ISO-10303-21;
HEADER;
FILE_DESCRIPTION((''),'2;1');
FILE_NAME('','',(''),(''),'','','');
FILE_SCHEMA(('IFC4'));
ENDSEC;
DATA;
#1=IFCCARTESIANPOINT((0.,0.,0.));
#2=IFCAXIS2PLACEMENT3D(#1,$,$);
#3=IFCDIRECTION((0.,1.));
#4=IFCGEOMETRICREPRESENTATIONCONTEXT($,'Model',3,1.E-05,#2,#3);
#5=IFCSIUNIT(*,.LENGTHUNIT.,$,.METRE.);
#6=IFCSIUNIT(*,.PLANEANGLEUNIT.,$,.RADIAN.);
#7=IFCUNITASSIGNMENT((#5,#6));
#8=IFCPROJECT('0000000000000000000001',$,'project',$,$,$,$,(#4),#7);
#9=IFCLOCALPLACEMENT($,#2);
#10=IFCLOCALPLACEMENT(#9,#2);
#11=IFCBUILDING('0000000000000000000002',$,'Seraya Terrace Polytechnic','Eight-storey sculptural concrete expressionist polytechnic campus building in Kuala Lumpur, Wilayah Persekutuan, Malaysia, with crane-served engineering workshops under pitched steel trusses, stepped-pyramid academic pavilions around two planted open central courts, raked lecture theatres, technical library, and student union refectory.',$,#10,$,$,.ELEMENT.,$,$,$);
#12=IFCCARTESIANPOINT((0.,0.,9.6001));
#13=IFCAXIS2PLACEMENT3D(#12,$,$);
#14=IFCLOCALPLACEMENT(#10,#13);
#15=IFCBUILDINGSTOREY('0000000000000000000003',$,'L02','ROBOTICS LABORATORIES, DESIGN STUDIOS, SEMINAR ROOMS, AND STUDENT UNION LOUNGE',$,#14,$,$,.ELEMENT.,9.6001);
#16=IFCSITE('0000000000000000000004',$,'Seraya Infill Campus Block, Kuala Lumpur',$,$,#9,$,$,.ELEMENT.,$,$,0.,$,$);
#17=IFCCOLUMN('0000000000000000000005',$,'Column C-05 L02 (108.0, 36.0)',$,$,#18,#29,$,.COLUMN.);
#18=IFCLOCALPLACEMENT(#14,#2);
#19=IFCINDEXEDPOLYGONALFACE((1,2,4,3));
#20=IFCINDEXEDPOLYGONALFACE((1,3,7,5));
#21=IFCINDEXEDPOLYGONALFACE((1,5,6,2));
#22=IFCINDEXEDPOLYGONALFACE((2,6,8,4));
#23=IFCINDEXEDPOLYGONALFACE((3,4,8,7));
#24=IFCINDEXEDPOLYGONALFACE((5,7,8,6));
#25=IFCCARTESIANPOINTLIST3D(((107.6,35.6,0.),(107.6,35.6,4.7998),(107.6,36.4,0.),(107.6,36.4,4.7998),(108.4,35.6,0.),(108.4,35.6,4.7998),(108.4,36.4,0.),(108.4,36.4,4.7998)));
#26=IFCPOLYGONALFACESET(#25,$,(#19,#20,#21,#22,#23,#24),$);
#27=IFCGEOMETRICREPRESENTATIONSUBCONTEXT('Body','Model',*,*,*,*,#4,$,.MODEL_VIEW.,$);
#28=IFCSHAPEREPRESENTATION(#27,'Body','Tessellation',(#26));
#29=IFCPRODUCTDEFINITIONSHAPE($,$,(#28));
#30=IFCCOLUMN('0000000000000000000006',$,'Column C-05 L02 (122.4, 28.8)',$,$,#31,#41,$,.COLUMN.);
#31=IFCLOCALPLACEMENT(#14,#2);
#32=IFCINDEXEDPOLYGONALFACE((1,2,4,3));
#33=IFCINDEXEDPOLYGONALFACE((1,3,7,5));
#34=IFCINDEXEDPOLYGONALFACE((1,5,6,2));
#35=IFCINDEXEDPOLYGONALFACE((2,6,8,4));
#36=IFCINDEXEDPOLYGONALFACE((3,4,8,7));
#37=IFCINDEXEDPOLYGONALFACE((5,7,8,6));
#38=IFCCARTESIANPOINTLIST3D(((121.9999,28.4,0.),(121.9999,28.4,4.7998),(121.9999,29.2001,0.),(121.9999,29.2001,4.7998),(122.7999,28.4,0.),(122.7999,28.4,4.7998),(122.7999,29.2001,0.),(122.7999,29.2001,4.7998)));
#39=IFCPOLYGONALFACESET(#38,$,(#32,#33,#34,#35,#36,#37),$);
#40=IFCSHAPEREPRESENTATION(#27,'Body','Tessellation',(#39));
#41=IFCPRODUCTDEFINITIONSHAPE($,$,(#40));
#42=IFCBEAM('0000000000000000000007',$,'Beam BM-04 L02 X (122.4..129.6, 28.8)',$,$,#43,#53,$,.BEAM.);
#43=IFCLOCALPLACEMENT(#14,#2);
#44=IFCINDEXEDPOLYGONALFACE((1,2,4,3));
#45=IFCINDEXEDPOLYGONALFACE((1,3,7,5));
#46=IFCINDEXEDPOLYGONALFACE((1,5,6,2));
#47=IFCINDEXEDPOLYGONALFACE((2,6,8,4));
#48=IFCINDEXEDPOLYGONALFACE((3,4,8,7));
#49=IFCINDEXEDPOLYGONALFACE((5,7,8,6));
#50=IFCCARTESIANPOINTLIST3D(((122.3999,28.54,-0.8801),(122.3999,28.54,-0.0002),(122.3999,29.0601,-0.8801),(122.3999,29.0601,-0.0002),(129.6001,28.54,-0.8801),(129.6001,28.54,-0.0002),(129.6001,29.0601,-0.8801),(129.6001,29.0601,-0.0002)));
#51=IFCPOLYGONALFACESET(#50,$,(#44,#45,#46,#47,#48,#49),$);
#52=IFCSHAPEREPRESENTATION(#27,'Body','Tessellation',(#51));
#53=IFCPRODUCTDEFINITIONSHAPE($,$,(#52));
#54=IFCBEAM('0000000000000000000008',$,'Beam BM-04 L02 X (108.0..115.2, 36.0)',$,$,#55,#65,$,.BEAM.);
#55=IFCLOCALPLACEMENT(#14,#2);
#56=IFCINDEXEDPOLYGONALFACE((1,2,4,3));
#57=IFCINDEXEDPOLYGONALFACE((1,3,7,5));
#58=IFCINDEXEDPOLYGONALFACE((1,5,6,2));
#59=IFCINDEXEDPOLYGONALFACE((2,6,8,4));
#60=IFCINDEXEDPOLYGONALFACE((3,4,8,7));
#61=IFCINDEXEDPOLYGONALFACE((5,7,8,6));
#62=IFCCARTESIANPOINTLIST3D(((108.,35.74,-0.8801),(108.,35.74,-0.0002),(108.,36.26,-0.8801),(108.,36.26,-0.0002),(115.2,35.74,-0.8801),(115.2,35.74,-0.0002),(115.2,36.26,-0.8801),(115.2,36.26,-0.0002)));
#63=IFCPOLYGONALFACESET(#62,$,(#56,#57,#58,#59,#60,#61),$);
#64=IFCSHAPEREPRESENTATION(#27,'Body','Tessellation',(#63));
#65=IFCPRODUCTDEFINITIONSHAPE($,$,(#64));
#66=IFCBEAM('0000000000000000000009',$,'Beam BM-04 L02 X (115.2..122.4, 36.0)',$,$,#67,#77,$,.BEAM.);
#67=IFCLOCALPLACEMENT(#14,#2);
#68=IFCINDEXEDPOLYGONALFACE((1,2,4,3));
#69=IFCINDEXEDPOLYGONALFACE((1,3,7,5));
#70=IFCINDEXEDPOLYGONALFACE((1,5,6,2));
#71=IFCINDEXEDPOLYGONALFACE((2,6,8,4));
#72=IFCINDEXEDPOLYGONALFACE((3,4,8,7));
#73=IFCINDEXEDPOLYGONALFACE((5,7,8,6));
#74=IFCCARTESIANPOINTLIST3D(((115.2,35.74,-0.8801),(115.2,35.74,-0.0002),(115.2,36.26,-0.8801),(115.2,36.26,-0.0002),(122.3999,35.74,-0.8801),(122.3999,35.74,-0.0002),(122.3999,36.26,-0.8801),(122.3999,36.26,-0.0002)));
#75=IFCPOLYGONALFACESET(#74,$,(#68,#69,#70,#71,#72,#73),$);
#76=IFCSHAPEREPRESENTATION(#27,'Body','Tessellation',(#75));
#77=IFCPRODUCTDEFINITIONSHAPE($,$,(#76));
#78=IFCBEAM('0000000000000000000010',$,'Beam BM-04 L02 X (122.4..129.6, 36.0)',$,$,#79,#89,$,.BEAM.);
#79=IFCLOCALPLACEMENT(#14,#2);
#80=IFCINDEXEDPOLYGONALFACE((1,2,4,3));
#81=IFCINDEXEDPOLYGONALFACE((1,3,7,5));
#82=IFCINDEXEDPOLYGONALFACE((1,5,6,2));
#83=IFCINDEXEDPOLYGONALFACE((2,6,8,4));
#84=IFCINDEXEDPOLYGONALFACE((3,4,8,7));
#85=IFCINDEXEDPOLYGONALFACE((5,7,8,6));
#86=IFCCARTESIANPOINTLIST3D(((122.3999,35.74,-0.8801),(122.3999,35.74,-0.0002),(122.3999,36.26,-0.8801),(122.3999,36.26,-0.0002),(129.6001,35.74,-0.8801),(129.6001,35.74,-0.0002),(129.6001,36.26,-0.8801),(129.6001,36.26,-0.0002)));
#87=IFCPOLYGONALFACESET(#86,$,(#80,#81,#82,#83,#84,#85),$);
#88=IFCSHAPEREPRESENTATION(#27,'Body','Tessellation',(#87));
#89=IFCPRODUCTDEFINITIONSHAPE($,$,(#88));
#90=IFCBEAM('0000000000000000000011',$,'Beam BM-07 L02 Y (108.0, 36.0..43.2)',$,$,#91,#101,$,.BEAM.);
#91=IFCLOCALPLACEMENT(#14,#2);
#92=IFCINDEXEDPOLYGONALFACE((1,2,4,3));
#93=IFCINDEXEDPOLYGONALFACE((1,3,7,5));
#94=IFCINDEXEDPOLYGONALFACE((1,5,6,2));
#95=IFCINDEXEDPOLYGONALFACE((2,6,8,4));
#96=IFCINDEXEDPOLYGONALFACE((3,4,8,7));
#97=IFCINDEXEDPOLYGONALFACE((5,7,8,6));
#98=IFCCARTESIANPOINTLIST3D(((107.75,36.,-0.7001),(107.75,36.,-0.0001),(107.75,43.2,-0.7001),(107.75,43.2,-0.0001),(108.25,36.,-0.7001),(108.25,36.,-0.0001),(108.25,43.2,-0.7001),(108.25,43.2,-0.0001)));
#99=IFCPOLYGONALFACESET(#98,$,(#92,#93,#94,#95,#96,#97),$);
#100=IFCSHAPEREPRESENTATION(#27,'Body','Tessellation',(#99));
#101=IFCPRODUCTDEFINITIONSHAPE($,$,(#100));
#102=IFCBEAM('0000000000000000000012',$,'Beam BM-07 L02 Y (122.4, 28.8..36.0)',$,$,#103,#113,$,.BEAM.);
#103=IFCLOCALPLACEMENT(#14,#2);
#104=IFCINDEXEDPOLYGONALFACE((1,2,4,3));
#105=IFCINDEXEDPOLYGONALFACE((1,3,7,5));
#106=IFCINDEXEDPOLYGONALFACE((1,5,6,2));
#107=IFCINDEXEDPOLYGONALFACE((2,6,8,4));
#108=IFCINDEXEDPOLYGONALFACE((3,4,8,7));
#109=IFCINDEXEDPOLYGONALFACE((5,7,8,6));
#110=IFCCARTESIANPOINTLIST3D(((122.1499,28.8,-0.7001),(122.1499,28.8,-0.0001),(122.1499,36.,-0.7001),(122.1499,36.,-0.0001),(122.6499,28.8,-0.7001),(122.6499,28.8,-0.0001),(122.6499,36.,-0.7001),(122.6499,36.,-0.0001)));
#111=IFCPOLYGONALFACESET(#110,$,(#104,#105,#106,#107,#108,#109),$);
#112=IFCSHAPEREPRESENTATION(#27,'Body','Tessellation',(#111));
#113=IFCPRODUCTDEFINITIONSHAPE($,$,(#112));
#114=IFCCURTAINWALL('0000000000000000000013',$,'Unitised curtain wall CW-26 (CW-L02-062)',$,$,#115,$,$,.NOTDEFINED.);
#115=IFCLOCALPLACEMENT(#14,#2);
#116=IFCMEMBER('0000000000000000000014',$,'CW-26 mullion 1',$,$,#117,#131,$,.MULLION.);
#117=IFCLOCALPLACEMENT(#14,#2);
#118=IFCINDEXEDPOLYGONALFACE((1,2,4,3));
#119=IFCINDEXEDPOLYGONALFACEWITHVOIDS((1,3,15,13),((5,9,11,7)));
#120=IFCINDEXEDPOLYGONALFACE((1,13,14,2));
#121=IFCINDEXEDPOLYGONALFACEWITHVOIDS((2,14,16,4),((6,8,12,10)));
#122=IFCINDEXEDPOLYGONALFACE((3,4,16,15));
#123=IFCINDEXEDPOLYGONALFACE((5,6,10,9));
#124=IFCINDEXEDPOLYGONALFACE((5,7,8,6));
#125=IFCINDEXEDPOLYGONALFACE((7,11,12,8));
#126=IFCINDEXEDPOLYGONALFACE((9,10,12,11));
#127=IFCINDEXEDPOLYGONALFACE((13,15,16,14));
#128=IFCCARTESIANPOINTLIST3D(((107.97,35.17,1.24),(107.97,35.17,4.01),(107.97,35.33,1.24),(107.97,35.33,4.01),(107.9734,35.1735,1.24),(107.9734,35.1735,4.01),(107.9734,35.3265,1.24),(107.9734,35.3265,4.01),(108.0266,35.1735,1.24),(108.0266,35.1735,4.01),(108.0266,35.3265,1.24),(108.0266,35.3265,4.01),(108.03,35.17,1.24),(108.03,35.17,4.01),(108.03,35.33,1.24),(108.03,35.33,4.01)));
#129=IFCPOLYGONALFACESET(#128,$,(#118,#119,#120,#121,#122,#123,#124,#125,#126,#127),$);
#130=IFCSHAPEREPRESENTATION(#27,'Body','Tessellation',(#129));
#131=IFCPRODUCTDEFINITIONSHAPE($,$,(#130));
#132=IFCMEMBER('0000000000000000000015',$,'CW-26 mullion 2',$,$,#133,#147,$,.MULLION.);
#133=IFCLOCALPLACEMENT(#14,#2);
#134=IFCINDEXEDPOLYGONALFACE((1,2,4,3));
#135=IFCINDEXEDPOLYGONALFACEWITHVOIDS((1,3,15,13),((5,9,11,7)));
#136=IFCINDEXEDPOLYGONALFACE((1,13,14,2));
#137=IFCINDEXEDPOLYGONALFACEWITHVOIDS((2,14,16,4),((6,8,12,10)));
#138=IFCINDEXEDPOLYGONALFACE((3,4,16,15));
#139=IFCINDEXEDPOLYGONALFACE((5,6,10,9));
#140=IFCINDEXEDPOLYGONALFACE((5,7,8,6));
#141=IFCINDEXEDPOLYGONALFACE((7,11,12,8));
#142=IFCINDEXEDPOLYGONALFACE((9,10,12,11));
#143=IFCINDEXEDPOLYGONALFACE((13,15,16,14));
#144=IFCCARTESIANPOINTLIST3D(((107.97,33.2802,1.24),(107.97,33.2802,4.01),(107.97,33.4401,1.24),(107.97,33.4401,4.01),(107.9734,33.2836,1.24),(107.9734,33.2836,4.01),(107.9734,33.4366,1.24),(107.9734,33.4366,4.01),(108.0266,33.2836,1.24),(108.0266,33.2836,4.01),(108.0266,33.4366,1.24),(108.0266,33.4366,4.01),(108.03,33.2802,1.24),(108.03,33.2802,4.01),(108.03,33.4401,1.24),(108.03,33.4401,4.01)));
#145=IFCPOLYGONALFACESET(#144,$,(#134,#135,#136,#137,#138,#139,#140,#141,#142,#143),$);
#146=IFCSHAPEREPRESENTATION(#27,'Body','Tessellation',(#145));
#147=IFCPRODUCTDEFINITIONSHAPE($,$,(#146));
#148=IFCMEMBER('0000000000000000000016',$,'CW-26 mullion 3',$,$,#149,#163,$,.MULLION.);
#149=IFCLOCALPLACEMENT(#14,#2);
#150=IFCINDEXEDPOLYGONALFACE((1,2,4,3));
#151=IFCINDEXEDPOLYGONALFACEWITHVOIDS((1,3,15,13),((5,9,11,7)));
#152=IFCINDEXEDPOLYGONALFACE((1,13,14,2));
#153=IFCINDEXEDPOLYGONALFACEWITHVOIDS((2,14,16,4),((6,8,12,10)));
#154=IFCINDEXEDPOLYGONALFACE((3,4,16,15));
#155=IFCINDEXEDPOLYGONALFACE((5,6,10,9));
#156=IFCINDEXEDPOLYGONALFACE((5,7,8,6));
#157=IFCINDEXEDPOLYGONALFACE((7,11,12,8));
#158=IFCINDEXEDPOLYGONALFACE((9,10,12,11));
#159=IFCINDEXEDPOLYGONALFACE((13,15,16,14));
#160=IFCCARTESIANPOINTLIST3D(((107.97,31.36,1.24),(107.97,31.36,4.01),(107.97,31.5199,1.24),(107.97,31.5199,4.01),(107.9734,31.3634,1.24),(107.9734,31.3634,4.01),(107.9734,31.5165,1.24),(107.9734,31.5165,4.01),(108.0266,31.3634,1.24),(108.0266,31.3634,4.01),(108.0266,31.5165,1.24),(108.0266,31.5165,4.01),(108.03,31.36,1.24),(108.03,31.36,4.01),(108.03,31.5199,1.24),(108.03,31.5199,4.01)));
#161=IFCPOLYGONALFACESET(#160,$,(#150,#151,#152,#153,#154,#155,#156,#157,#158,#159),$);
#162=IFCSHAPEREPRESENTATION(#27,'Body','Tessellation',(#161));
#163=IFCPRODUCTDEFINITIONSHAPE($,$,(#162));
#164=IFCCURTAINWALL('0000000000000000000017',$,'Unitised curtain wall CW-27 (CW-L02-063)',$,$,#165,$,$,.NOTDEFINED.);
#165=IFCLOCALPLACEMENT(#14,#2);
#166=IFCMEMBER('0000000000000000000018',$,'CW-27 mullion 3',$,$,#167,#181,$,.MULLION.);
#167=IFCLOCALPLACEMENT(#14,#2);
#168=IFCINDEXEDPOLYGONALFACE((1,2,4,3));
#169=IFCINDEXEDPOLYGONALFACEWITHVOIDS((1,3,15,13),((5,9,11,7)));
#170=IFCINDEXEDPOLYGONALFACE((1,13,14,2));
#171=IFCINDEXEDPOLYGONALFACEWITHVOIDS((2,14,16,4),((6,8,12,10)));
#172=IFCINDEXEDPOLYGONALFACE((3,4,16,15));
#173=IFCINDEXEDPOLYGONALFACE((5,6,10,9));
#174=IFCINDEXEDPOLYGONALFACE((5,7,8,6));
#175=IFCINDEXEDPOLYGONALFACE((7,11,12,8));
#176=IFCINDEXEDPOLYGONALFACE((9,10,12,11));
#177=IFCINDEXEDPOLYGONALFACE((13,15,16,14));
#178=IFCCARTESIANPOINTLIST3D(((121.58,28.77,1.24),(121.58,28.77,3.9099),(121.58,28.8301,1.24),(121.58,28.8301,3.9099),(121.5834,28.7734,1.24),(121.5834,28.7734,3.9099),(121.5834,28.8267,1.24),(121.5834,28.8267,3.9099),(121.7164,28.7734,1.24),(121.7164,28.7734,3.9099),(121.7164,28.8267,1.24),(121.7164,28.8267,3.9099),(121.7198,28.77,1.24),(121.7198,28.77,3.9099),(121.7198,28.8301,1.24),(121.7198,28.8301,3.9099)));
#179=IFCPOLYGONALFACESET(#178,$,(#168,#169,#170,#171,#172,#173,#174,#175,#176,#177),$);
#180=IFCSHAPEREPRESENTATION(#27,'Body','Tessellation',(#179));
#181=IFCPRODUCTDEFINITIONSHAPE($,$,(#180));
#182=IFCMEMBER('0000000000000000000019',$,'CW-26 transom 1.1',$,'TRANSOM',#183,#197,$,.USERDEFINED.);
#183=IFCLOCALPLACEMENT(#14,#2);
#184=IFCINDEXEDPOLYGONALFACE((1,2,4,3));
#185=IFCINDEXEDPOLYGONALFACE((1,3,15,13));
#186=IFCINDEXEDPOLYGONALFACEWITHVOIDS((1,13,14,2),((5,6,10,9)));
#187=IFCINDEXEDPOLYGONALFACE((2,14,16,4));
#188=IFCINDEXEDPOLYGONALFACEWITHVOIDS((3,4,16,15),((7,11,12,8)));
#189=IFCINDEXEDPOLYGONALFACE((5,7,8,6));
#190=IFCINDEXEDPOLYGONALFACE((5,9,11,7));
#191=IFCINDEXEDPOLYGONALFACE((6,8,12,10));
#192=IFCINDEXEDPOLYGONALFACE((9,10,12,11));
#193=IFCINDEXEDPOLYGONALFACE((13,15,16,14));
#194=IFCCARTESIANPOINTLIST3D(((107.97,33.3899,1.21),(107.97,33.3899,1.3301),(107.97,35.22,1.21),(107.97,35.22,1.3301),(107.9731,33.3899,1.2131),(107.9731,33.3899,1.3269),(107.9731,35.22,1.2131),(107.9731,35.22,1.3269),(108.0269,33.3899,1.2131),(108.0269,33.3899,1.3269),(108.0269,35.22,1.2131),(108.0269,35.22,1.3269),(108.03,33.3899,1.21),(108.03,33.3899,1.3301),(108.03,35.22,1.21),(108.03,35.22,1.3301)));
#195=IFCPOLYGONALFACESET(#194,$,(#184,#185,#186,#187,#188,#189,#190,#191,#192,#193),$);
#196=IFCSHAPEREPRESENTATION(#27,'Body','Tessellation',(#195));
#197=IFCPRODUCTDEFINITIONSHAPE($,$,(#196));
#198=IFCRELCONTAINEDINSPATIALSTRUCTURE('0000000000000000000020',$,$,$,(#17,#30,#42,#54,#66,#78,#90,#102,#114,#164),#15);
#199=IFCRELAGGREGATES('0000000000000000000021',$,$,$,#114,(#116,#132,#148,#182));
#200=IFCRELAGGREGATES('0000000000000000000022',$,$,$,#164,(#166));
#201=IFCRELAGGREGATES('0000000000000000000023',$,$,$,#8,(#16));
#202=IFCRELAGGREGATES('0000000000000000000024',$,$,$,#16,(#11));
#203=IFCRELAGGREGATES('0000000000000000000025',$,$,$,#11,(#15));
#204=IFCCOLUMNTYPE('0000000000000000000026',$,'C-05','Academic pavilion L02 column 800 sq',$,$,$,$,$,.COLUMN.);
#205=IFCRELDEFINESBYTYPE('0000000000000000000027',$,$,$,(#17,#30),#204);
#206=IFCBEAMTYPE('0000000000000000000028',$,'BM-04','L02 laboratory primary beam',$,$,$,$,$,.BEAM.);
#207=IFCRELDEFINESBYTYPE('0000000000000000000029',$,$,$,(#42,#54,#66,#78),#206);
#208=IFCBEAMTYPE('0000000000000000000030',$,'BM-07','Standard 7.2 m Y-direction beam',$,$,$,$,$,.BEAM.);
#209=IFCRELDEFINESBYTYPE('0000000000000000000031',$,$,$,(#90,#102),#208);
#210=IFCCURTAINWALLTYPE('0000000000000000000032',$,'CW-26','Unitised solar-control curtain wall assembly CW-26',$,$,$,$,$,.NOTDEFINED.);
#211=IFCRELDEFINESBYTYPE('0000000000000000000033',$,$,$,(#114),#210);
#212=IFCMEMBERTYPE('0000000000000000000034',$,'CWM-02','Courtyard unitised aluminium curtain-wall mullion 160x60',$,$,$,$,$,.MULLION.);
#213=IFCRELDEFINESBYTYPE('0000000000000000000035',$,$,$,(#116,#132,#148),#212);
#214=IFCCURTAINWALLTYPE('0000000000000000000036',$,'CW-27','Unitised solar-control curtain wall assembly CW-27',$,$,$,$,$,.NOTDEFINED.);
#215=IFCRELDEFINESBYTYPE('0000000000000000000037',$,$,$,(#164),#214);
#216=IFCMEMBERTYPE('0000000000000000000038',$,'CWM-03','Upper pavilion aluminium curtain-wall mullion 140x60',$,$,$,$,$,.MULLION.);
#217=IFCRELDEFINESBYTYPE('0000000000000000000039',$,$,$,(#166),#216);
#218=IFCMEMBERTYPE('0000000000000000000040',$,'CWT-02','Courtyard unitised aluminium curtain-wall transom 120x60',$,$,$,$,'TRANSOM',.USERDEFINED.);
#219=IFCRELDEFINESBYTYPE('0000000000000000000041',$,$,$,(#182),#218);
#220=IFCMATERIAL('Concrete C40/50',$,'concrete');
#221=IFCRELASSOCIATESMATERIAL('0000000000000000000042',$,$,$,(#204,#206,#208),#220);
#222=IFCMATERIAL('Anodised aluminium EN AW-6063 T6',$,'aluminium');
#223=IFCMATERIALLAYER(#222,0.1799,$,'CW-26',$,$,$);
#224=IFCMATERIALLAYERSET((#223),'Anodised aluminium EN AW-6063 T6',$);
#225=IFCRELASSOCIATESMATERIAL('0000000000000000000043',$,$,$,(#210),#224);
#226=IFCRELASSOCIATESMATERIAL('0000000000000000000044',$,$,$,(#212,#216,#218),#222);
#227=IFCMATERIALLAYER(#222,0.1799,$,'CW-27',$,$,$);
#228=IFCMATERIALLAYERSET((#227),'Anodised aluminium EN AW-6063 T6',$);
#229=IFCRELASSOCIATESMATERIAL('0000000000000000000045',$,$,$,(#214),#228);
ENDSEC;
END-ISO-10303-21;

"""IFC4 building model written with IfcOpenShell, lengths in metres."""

from ifc_helpers import new_model, si_unit, direction, frame, origin, origin_2d, place, context, subcontext, project, spatial, rectangle, hollow_rectangle, extrude, material, layer, layer_set, material_profile, profile_set, type_object, element, aggregate, save


model = new_model("IFC4")

# Units and contexts
model_context = context("Model", 3, precision=1e-05, world=origin(), true_north=direction((0.0, 1.0)))
body_context = subcontext(model_context, "Body", "Model", "MODEL_VIEW")
ifc_project = project(units=[si_unit("LENGTHUNIT", "METRE"), si_unit("PLANEANGLEUNIT", "RADIAN")], contexts=[model_context])

# Site, building, storey
site_placement = place(None, origin())
site = spatial("IfcSite", under=ifc_project, at=site_placement, Name="Seraya Infill Campus Block, Kuala Lumpur", CompositionType="ELEMENT", RefElevation=0.0)
building_placement = place(site_placement, origin())
building = spatial("IfcBuilding", under=site, at=building_placement, Name="Seraya Terrace Polytechnic", Description="Eight-storey sculptural concrete expressionist polytechnic campus building in Kuala Lumpur, Wilayah Persekutuan, Malaysia, with crane-served engineering workshops under pitched steel trusses, stepped-pyramid academic pavilions around two planted open central courts, raked lecture theatres, technical library, and student union refectory.", CompositionType="ELEMENT")
storey_placement = place(building_placement, frame((0.0, 0.0, 9.6001)))
storey = spatial("IfcBuildingStorey", under=building, at=storey_placement, Name="L02", Description="ROBOTICS LABORATORIES, DESIGN STUDIOS, SEMINAR ROOMS, AND STUDENT UNION LOUNGE", CompositionType="ELEMENT", Elevation=9.6001)

# Columns
ifc_material_1 = material(Name="Concrete C40/50", Category="concrete")
ifc_material_profile_1 = material_profile(ifc_material_1, rectangle(XDim=0.8, YDim=0.8, at=origin_2d()), Name="RC 800x800")
ifc_profile_set_1 = profile_set([ifc_material_profile_1], Name="Concrete C40/50")
column_type = type_object("IfcColumnType", Name="C-05", Description="Academic pavilion L02 column 800 sq", PredefinedType="COLUMN", material=ifc_profile_set_1)
for number, where, z_axis, x_axis, name in (
    (1, (108.0, 36.0, 0.0), (0.0, 0.0, 1.0), (1.0, 0.0, 0.0), "Column C-05 L02 (108.0, 36.0)"),
    (2, (122.3999, 28.8, 0.0), (0.0, 0.0, 1.0), (1.0, 0.0, 0.0), "Column C-05 L02 (122.4, 28.8)"),
):
    element("IfcColumn", number, at=place(storey_placement, frame(where, z_axis=z_axis, x_axis=x_axis)), inside=storey, type_object=column_type, Name=name, PredefinedType="COLUMN", context=body_context, shape_type="SweptSolid", body=[
        extrude(rectangle(XDim=0.8, YDim=0.8, at=origin_2d()), origin(), (0.0, 0.0, 1.0), 4.7998),
    ])

# Beams
ifc_material_profile_2 = material_profile(ifc_material_1, rectangle(XDim=0.52, YDim=0.8799, at=origin_2d()), Name="RC 520x880")
ifc_profile_set_2 = profile_set([ifc_material_profile_2], Name="Concrete C40/50")
beam_type_1 = type_object("IfcBeamType", Name="BM-04", Description="L02 laboratory primary beam", PredefinedType="BEAM", material=ifc_profile_set_2)
beam_1_placement = place(storey_placement, frame((122.3999, 28.8, -0.4402), z_axis=(1.0, 0.0, 0.0), x_axis=(0.0, 1.0, 0.0)))
element("IfcBeam", 3, at=beam_1_placement, inside=storey, type_object=beam_type_1, Name="Beam BM-04 L02 X (122.4..129.6, 28.8)", PredefinedType="BEAM", context=body_context, shape_type="SweptSolid", body=[
    extrude(rectangle(XDim=0.52, YDim=0.8799, at=origin_2d()), origin(), (0.0, 0.0, 1.0), 7.2002),
])
for number, where, z_axis, x_axis, name in (
    (4, (108.0, 36.0, -0.4402), (1.0, 0.0, 0.0), (0.0, 1.0, 0.0), "Beam BM-04 L02 X (108.0..115.2, 36.0)"),
    (5, (115.2, 36.0, -0.4402), (1.0, 0.0, 0.0), (0.0, 1.0, 0.0), "Beam BM-04 L02 X (115.2..122.4, 36.0)"),
):
    element("IfcBeam", number, at=place(storey_placement, frame(where, z_axis=z_axis, x_axis=x_axis)), inside=storey, type_object=beam_type_1, Name=name, PredefinedType="BEAM", context=body_context, shape_type="SweptSolid", body=[
        extrude(rectangle(XDim=0.52, YDim=0.8799, at=origin_2d()), origin(), (0.0, 0.0, 1.0), 7.2),
    ])
beam_2_placement = place(storey_placement, frame((122.3999, 36.0, -0.4402), z_axis=(1.0, 0.0, 0.0), x_axis=(0.0, 1.0, 0.0)))
element("IfcBeam", 6, at=beam_2_placement, inside=storey, type_object=beam_type_1, Name="Beam BM-04 L02 X (122.4..129.6, 36.0)", PredefinedType="BEAM", context=body_context, shape_type="SweptSolid", body=[
    extrude(rectangle(XDim=0.52, YDim=0.8799, at=origin_2d()), origin(), (0.0, 0.0, 1.0), 7.2002),
])
ifc_material_profile_3 = material_profile(ifc_material_1, rectangle(XDim=0.5, YDim=0.7, at=origin_2d()), Name="RC 500x700")
ifc_profile_set_3 = profile_set([ifc_material_profile_3], Name="Concrete C40/50")
beam_type_2 = type_object("IfcBeamType", Name="BM-07", Description="Standard 7.2 m Y-direction beam", PredefinedType="BEAM", material=ifc_profile_set_3)
for number, where, z_axis, x_axis, name in (
    (7, (108.0, 36.0, -0.3501), (0.0, 1.0, 0.0), (-1.0, 0.0, 0.0), "Beam BM-07 L02 Y (108.0, 36.0..43.2)"),
    (8, (122.3999, 28.8, -0.3501), (0.0, 1.0, 0.0), (-1.0, 0.0, 0.0), "Beam BM-07 L02 Y (122.4, 28.8..36.0)"),
):
    element("IfcBeam", number, at=place(storey_placement, frame(where, z_axis=z_axis, x_axis=x_axis)), inside=storey, type_object=beam_type_2, Name=name, PredefinedType="BEAM", context=body_context, shape_type="SweptSolid", body=[
        extrude(rectangle(XDim=0.5, YDim=0.7, at=origin_2d()), origin(), (0.0, 0.0, 1.0), 7.2),
    ])

# Curtain wall, members
ifc_material_2 = material(Name="Anodised aluminium EN AW-6063 T6", Category="aluminium")
ifc_layer_1 = layer(ifc_material_2, 0.1799, Name="CW-26")
ifc_layer_set_1 = layer_set([ifc_layer_1], Name="Anodised aluminium EN AW-6063 T6")
curtain_wall_type_1 = type_object("IfcCurtainWallType", Name="CW-26", Description="Unitised solar-control curtain wall assembly CW-26", PredefinedType="NOTDEFINED", material=ifc_layer_set_1)
curtain_wall_1_placement = place(storey_placement, origin())
curtain_wall_1 = element("IfcCurtainWall", 9, at=curtain_wall_1_placement, inside=storey, type_object=curtain_wall_type_1, Name="Unitised curtain wall CW-26 (CW-L02-062)", PredefinedType="NOTDEFINED")
ifc_material_profile_4 = material_profile(ifc_material_2, hollow_rectangle(XDim=0.0601, YDim=0.1599, WallThickness=0.0034, at=origin_2d()), Name="RHS 160x60x3.5")
ifc_profile_set_4 = profile_set([ifc_material_profile_4], Name="Anodised aluminium EN AW-6063 T6")
member_type_1 = type_object("IfcMemberType", Name="CWM-02", Description="Courtyard unitised aluminium curtain-wall mullion 160x60", PredefinedType="MULLION", material=ifc_profile_set_4)
member_1_placement = place(storey_placement, frame((108.0, 35.25, 1.24), z_axis=(0.0, 0.0, 1.0), x_axis=(1.0, 0.0, 0.0)))
member_1 = element("IfcMember", 10, at=member_1_placement, type_object=member_type_1, Name="CW-26 mullion 1", PredefinedType="MULLION", context=body_context, shape_type="SweptSolid", body=[
    extrude(hollow_rectangle(XDim=0.0601, YDim=0.1599, WallThickness=0.0034, at=origin_2d()), origin(), (0.0, 0.0, 1.0), 2.77),
])
member_2_placement = place(storey_placement, frame((108.0, 33.3601, 1.24), z_axis=(0.0, 0.0, 1.0), x_axis=(1.0, 0.0, 0.0)))
member_2 = element("IfcMember", 11, at=member_2_placement, type_object=member_type_1, Name="CW-26 mullion 2", PredefinedType="MULLION", context=body_context, shape_type="SweptSolid", body=[
    extrude(hollow_rectangle(XDim=0.0601, YDim=0.1599, WallThickness=0.0034, at=origin_2d()), origin(), (0.0, 0.0, 1.0), 2.77),
])
member_3_placement = place(storey_placement, frame((108.0, 31.4399, 1.24), z_axis=(0.0, 0.0, 1.0), x_axis=(1.0, 0.0, 0.0)))
member_3 = element("IfcMember", 12, at=member_3_placement, type_object=member_type_1, Name="CW-26 mullion 3", PredefinedType="MULLION", context=body_context, shape_type="SweptSolid", body=[
    extrude(hollow_rectangle(XDim=0.0601, YDim=0.1599, WallThickness=0.0034, at=origin_2d()), origin(), (0.0, 0.0, 1.0), 2.77),
])

# Curtain wall, member
ifc_layer_2 = layer(ifc_material_2, 0.1799, Name="CW-27")
ifc_layer_set_2 = layer_set([ifc_layer_2], Name="Anodised aluminium EN AW-6063 T6")
curtain_wall_type_2 = type_object("IfcCurtainWallType", Name="CW-27", Description="Unitised solar-control curtain wall assembly CW-27", PredefinedType="NOTDEFINED", material=ifc_layer_set_2)
curtain_wall_2_placement = place(storey_placement, origin())
curtain_wall_2 = element("IfcCurtainWall", 13, at=curtain_wall_2_placement, inside=storey, type_object=curtain_wall_type_2, Name="Unitised curtain wall CW-27 (CW-L02-063)", PredefinedType="NOTDEFINED")
ifc_material_profile_5 = material_profile(ifc_material_2, hollow_rectangle(XDim=0.0601, YDim=0.1399, WallThickness=0.0034, at=origin_2d()), Name="RHS 140x60x3.5")
ifc_profile_set_5 = profile_set([ifc_material_profile_5], Name="Anodised aluminium EN AW-6063 T6")
member_type_2 = type_object("IfcMemberType", Name="CWM-03", Description="Upper pavilion aluminium curtain-wall mullion 140x60", PredefinedType="MULLION", material=ifc_profile_set_5)
member_4_placement = place(storey_placement, frame((121.6499, 28.8, 1.24), z_axis=(0.0, 0.0, 1.0), x_axis=(0.0, 1.0, 0.0)))
member_4 = element("IfcMember", 14, at=member_4_placement, type_object=member_type_2, Name="CW-27 mullion 3", PredefinedType="MULLION", context=body_context, shape_type="SweptSolid", body=[
    extrude(hollow_rectangle(XDim=0.0601, YDim=0.1399, WallThickness=0.0034, at=origin_2d()), origin(), (0.0, 0.0, 1.0), 2.6699),
])

# Member
ifc_material_profile_6 = material_profile(ifc_material_2, hollow_rectangle(XDim=0.0601, YDim=0.1201, WallThickness=0.0032, at=origin_2d()), Name="RHS 120x60x3.2")
ifc_profile_set_6 = profile_set([ifc_material_profile_6], Name="Anodised aluminium EN AW-6063 T6")
member_type_3 = type_object("IfcMemberType", Name="CWT-02", Description="Courtyard unitised aluminium curtain-wall transom 120x60", ElementType="TRANSOM", PredefinedType="USERDEFINED", material=ifc_profile_set_6)
member_5_placement = place(storey_placement, frame((108.0, 35.22, 1.27), z_axis=(0.0, -1.0, 0.0), x_axis=(1.0, 0.0, 0.0)))
member_5 = element("IfcMember", 15, at=member_5_placement, type_object=member_type_3, Name="CW-26 transom 1.1", ObjectType="TRANSOM", PredefinedType="USERDEFINED", context=body_context, shape_type="SweptSolid", body=[
    extrude(hollow_rectangle(XDim=0.0601, YDim=0.1201, WallThickness=0.0032, at=origin_2d()), origin(), (0.0, 0.0, 1.0), 1.8301),
])

aggregate(curtain_wall_1, [member_1, member_2, member_3, member_5])
aggregate(curtain_wall_2, [member_4])

save(model, "model.ifc")
